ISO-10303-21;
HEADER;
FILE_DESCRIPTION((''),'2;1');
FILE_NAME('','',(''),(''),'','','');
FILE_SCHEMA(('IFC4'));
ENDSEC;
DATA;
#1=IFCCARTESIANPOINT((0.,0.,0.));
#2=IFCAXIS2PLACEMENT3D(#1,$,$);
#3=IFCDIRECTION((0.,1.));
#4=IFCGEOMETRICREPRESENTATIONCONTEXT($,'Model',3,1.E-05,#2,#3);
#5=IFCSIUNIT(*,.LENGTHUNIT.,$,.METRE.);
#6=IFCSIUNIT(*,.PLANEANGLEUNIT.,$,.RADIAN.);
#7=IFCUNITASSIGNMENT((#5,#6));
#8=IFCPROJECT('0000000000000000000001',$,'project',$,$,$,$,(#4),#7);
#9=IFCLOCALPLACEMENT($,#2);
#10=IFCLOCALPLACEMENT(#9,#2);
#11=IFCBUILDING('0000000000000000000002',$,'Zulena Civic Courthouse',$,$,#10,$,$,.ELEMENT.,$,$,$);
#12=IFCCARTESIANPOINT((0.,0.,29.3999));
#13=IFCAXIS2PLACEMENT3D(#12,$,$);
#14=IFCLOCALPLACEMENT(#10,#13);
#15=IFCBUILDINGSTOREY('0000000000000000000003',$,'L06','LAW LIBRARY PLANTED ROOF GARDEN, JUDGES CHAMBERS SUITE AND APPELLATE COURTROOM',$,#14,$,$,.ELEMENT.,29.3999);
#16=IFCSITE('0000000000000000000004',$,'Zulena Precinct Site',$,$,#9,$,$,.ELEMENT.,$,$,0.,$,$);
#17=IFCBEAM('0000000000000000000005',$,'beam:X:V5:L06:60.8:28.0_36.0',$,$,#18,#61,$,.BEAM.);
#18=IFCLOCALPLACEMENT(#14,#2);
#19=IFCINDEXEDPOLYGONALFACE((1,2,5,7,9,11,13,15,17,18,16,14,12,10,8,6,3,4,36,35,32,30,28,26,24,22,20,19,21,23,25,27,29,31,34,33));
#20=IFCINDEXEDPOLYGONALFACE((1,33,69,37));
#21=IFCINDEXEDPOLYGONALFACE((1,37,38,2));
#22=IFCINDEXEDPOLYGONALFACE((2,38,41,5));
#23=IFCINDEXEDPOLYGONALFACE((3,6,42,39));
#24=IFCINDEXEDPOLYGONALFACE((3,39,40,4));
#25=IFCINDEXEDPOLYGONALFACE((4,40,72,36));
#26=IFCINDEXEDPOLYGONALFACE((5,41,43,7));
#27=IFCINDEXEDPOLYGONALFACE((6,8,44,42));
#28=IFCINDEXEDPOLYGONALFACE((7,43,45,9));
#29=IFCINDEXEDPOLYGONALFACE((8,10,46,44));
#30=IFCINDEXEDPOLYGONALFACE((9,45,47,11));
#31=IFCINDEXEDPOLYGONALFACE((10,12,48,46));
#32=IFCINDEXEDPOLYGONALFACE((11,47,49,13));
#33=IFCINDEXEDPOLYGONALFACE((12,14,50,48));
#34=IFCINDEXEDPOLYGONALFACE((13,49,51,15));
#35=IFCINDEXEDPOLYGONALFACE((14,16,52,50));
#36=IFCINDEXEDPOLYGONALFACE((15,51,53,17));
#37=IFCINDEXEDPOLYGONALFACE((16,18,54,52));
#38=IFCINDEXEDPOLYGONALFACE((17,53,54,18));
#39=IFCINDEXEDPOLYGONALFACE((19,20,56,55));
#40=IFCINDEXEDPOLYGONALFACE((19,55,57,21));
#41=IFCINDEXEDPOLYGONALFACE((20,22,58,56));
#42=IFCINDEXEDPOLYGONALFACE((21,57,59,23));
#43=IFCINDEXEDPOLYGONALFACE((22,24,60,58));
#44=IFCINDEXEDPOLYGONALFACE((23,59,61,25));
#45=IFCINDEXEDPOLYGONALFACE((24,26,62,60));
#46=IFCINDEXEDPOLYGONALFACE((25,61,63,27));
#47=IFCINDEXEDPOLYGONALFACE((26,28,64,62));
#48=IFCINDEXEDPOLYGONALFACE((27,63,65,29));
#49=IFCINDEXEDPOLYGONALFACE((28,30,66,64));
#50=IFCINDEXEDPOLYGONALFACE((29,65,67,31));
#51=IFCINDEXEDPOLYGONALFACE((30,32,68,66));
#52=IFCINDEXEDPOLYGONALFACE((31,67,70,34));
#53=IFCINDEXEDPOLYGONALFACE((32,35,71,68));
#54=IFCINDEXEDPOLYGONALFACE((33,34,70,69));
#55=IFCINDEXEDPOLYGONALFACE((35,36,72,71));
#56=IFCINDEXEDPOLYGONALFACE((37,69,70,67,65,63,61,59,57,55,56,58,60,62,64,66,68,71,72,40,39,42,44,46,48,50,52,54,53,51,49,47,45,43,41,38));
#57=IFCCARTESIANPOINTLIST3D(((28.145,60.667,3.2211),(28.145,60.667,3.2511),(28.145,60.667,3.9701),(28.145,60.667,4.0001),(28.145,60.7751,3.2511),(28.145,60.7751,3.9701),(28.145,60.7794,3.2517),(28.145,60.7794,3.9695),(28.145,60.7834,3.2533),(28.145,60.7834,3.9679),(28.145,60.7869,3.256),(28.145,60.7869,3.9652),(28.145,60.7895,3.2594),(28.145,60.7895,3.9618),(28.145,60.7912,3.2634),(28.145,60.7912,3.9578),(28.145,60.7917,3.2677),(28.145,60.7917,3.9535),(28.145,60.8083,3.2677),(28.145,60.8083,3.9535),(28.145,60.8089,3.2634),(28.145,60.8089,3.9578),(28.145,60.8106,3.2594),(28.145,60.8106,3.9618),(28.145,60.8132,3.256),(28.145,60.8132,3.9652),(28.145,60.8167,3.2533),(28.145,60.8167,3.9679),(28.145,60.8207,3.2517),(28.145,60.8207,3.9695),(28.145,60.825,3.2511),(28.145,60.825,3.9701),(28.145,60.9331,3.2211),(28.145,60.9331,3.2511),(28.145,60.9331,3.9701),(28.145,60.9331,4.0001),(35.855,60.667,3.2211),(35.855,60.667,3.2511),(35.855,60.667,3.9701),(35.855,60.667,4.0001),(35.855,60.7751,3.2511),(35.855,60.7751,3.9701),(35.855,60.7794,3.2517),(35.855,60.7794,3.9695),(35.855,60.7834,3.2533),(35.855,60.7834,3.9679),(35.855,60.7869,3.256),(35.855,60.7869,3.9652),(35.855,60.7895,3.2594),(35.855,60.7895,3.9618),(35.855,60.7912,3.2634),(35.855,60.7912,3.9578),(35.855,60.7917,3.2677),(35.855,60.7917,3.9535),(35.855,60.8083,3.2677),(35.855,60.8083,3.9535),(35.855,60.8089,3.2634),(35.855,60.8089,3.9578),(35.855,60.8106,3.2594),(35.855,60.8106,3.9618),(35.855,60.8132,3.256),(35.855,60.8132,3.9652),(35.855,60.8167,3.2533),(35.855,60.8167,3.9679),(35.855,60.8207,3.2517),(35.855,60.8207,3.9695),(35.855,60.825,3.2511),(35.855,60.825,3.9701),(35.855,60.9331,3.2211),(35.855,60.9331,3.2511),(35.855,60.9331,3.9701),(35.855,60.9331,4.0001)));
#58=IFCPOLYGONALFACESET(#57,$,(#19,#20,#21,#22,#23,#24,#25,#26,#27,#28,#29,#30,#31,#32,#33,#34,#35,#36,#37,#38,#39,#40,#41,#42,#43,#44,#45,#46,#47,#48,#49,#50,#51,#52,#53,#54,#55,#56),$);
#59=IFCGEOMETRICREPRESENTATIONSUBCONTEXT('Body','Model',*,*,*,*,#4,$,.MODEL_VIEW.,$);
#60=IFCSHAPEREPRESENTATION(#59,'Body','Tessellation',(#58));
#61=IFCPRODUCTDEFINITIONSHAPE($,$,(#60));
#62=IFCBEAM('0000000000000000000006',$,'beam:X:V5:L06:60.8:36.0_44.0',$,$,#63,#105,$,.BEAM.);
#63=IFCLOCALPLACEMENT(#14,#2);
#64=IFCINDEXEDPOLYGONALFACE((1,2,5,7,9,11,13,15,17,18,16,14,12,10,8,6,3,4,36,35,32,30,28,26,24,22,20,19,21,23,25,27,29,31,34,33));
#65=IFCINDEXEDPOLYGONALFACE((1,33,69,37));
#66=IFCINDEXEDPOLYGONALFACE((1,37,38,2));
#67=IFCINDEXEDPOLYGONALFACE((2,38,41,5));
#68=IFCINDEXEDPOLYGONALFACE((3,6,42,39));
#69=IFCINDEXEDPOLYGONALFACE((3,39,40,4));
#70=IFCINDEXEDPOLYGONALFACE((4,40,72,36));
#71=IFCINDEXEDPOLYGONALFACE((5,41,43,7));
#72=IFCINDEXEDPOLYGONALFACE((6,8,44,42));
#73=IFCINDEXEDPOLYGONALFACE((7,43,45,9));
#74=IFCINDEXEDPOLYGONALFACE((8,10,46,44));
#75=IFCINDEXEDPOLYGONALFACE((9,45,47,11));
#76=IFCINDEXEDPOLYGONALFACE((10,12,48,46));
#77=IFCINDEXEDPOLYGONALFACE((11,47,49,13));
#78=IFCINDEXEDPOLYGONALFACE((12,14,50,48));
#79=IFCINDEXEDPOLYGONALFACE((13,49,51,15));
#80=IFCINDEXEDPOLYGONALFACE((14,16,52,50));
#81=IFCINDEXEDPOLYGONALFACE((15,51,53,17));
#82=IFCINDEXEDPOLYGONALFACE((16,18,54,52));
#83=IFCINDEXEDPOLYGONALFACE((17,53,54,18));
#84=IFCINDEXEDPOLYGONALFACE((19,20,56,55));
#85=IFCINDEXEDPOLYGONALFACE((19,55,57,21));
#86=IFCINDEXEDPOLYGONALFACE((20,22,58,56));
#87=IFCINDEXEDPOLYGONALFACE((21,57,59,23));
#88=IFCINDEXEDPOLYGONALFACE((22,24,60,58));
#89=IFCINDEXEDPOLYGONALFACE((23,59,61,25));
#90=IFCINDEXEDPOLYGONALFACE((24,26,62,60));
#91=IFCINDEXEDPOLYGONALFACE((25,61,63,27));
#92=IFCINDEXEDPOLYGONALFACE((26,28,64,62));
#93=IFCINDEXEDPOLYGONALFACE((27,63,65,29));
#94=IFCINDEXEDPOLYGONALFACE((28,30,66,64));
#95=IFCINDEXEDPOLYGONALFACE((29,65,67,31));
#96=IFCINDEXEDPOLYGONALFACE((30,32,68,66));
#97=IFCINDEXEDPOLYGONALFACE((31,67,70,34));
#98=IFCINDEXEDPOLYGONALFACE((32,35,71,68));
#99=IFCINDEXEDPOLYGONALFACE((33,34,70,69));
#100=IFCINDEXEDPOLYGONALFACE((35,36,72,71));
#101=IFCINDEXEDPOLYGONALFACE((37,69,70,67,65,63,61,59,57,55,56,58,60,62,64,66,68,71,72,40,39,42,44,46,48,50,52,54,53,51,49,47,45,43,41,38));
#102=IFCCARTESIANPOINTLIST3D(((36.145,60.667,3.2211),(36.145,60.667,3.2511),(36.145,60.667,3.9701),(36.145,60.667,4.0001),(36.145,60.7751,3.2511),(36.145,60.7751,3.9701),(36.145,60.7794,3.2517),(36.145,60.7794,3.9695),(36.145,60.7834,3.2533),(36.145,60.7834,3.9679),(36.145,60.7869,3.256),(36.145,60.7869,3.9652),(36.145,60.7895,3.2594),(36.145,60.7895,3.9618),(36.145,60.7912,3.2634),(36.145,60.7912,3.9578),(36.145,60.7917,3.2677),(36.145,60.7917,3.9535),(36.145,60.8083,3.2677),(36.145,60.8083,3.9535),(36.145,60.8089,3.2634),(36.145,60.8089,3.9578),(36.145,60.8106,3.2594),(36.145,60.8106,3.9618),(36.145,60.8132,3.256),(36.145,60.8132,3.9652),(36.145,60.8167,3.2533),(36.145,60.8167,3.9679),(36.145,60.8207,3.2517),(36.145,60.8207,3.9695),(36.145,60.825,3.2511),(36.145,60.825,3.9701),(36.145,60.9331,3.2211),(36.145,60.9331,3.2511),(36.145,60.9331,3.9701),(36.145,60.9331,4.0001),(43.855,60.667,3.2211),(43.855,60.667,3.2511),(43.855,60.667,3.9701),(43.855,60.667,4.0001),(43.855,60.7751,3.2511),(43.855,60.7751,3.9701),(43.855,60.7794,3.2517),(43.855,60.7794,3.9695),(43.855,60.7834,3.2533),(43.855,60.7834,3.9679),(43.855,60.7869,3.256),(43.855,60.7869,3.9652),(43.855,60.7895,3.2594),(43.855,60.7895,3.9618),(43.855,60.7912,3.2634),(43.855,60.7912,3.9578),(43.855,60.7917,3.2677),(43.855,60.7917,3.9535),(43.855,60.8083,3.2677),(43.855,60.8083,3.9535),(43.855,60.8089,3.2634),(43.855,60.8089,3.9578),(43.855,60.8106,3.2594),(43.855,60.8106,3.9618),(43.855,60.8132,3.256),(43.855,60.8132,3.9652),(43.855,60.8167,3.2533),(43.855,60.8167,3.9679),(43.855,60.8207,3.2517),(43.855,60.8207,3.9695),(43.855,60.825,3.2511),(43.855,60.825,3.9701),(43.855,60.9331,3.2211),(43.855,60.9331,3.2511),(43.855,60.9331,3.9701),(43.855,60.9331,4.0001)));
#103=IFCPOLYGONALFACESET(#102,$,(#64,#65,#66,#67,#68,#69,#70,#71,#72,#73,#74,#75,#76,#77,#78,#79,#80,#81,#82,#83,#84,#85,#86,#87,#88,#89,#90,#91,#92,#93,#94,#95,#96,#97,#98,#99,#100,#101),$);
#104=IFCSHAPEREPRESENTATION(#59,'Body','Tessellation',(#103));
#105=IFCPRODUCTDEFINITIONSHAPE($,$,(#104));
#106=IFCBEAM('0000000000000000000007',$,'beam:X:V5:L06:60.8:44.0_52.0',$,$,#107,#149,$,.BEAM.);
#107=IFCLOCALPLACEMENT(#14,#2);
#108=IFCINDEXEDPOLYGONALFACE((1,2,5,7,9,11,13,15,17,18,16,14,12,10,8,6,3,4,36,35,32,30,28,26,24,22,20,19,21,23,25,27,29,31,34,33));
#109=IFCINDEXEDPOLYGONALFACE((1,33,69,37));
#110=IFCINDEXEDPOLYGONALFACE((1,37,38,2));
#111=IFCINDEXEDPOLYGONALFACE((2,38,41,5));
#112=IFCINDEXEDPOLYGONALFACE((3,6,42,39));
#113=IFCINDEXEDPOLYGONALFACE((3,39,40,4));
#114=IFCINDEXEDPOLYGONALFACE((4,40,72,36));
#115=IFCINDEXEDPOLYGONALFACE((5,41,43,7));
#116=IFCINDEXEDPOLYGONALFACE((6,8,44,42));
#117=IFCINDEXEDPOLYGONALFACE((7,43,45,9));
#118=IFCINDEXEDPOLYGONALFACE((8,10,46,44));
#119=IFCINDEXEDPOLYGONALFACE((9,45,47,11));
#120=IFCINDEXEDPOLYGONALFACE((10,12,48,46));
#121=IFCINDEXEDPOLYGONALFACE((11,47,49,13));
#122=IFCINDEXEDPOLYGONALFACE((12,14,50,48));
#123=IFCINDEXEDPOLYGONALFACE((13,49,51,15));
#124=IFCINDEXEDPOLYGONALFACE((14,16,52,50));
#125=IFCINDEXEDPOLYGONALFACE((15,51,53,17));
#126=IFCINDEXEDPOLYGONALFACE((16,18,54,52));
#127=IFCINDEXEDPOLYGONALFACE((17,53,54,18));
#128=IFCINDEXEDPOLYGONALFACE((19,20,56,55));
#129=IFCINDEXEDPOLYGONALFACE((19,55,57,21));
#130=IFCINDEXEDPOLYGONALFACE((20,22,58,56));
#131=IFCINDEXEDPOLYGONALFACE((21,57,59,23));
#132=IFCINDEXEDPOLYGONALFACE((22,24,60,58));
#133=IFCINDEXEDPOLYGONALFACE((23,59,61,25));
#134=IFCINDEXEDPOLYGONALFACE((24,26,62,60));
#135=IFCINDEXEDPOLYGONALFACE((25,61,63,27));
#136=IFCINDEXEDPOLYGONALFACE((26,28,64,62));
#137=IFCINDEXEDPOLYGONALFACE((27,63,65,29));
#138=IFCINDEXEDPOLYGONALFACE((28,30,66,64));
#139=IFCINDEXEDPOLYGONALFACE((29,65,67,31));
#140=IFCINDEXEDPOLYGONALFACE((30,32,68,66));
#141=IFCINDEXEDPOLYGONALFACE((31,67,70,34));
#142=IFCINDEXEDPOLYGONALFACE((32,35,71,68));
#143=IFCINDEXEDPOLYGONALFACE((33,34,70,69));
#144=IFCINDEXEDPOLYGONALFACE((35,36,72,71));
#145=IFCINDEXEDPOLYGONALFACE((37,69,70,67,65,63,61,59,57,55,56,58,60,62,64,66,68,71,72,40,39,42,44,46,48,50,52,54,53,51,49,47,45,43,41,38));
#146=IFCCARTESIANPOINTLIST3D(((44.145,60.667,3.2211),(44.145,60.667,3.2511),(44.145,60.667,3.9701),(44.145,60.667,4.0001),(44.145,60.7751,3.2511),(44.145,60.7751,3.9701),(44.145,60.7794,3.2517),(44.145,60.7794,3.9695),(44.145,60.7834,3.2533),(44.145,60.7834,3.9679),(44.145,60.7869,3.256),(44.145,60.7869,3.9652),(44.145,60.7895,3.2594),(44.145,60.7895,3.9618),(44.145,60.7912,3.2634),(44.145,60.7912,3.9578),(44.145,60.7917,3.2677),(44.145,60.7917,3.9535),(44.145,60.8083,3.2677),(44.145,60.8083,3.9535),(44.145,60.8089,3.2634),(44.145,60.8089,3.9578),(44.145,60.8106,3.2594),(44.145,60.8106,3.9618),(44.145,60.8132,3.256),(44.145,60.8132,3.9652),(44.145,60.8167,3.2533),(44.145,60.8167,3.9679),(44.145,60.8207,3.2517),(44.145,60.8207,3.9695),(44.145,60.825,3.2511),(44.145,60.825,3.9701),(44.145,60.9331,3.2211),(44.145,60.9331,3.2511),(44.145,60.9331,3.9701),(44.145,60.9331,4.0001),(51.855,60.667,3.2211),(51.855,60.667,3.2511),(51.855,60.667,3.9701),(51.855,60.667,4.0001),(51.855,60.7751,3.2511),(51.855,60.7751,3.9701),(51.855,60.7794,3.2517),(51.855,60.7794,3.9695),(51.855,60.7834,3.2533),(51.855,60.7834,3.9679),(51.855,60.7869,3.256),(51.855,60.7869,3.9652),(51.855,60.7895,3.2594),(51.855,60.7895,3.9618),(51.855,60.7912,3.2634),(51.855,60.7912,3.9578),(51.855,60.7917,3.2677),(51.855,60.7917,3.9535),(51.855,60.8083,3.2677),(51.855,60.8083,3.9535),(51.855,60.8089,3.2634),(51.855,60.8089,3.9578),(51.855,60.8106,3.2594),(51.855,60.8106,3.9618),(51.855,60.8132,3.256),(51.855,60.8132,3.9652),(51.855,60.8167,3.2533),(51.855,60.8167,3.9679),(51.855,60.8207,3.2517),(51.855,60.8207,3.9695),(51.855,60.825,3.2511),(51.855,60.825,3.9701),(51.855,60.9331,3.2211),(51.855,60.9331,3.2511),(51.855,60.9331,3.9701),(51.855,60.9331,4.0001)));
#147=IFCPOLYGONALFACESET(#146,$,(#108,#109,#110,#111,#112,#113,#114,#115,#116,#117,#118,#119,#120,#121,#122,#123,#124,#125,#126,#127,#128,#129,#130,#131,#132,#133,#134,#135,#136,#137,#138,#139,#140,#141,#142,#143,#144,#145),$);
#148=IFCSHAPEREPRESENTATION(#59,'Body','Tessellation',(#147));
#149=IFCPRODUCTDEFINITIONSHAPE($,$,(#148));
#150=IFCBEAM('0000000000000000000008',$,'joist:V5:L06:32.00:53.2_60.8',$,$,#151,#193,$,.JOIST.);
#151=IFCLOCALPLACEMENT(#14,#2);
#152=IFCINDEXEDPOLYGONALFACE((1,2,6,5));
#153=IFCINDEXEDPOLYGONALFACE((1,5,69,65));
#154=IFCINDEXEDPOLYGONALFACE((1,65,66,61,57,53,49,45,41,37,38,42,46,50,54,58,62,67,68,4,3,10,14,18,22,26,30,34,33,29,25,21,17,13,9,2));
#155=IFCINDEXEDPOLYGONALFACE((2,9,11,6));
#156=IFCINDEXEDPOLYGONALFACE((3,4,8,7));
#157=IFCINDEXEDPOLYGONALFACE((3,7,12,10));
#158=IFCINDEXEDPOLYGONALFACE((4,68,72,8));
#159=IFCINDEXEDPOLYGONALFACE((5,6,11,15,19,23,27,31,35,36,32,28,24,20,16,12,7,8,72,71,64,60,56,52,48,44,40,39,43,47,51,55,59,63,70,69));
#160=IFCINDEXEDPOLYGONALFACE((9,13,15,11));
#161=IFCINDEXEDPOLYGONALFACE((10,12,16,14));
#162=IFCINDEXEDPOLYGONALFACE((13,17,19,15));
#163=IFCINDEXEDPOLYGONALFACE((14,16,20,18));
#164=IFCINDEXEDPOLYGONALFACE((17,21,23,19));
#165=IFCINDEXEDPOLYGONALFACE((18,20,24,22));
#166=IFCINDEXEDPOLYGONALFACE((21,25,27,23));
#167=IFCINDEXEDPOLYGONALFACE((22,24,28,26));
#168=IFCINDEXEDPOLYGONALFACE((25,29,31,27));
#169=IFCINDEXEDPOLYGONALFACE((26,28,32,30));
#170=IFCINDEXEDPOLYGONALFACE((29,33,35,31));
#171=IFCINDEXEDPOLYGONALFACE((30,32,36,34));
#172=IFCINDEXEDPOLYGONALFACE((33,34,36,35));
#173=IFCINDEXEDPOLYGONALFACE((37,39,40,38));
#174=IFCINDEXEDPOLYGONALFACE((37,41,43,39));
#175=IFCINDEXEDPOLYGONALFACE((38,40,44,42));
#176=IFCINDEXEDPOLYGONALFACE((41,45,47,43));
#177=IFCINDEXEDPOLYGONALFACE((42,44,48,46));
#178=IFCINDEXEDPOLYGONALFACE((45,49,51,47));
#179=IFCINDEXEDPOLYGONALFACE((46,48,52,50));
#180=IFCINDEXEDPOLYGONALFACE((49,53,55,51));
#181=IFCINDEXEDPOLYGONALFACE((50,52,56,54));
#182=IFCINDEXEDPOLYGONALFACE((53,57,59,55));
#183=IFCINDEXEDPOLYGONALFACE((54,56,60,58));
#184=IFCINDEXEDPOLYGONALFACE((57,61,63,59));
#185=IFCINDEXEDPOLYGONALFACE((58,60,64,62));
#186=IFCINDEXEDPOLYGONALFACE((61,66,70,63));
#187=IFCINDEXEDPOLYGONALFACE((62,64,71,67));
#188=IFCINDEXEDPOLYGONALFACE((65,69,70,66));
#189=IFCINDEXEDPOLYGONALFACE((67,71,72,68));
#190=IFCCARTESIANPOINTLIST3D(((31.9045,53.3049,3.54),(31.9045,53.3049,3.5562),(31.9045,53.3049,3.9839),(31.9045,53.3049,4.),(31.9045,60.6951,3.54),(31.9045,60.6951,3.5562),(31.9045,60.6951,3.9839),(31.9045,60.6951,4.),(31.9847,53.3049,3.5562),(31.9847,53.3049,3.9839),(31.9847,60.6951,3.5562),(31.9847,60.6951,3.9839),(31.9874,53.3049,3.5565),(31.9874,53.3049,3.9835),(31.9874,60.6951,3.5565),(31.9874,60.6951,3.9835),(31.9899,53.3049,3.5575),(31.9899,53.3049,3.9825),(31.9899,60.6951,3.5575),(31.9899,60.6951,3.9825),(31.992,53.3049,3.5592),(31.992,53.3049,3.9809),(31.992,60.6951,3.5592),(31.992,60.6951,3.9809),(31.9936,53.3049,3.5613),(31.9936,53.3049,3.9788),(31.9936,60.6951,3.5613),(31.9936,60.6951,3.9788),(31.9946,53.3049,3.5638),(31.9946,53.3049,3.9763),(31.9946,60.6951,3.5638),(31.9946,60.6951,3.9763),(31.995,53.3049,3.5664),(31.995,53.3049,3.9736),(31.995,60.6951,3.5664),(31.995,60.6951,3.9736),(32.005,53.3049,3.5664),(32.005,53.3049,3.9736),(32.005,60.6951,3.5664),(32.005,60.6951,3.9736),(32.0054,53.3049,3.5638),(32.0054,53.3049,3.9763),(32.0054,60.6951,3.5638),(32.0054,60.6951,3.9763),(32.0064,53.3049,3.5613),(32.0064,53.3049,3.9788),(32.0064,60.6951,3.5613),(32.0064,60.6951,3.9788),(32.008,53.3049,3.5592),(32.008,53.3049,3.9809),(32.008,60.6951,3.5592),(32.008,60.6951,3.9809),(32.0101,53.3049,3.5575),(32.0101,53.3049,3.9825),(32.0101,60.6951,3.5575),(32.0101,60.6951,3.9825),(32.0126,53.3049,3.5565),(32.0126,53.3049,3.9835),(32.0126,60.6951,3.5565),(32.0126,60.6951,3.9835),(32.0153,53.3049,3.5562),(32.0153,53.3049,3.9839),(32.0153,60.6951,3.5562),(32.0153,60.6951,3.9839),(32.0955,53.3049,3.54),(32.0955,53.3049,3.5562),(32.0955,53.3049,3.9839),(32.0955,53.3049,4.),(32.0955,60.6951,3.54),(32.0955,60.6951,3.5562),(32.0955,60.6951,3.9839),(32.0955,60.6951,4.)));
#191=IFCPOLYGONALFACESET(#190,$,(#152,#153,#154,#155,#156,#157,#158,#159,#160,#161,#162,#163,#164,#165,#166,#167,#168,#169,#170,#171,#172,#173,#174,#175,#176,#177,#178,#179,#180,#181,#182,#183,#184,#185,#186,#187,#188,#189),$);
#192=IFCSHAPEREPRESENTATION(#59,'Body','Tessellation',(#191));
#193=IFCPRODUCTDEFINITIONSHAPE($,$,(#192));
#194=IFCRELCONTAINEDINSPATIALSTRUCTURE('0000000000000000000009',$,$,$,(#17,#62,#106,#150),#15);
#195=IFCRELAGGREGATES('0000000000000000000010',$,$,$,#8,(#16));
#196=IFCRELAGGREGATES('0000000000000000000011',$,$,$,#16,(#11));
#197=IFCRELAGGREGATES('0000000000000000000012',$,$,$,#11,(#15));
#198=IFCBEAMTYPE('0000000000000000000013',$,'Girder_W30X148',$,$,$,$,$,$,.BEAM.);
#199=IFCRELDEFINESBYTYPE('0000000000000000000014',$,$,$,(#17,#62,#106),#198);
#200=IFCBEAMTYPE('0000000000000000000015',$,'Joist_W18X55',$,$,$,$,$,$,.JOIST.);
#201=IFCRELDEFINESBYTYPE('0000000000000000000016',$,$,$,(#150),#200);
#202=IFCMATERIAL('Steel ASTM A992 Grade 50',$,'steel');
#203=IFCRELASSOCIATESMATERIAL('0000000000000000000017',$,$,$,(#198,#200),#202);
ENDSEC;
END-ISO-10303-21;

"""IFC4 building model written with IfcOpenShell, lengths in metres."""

from ifc_helpers import new_model, si_unit, direction, frame, origin, origin_2d, place, context, subcontext, project, spatial, i_section, extrude, material, material_profile, profile_set, type_object, element, save


model = new_model("IFC4")

# Units and contexts
model_context = context("Model", 3, precision=1e-05, world=origin(), true_north=direction((0.0, 1.0)))
body_context = subcontext(model_context, "Body", "Model", "MODEL_VIEW")
ifc_project = project(units=[si_unit("LENGTHUNIT", "METRE"), si_unit("PLANEANGLEUNIT", "RADIAN")], contexts=[model_context])

# Site, building, storey
site_placement = place(None, origin())
site = spatial("IfcSite", under=ifc_project, at=site_placement, Name="Zulena Precinct Site", CompositionType="ELEMENT", RefElevation=0.0)
building_placement = place(site_placement, origin())
building = spatial("IfcBuilding", under=site, at=building_placement, Name="Zulena Civic Courthouse", CompositionType="ELEMENT")
storey_placement = place(building_placement, frame((0.0, 0.0, 29.3999)))
storey = spatial("IfcBuildingStorey", under=building, at=storey_placement, Name="L06", Description="LAW LIBRARY PLANTED ROOF GARDEN, JUDGES CHAMBERS SUITE AND APPELLATE COURTROOM", CompositionType="ELEMENT", Elevation=29.3999)

# Shared definitions
ifc_material_1 = material(Name="Steel ASTM A992 Grade 50", Category="steel")

# Beams
ifc_material_profile_1 = material_profile(ifc_material_1, i_section(OverallWidth=0.2661, OverallDepth=0.7791, WebThickness=0.0166, FlangeThickness=0.03, FilletRadius=0.0166, at=origin_2d()), Name="W30X148")
ifc_profile_set_1 = profile_set([ifc_material_profile_1], Name="Steel ASTM A992 Grade 50")
beam_type_1 = type_object("IfcBeamType", Name="Girder_W30X148", PredefinedType="BEAM", material=ifc_profile_set_1)
for number, where, z_axis, x_axis, name in (
    (1, (28.145, 60.8, 3.6106), (1.0, 0.0, 0.0), (0.0, 1.0, 0.0), "beam:X:V5:L06:60.8:28.0_36.0"),
    (2, (36.145, 60.8, 3.6106), (1.0, 0.0, 0.0), (0.0, 1.0, 0.0), "beam:X:V5:L06:60.8:36.0_44.0"),
    (3, (44.145, 60.8, 3.6106), (1.0, 0.0, 0.0), (0.0, 1.0, 0.0), "beam:X:V5:L06:60.8:44.0_52.0"),
):
    element("IfcBeam", number, at=place(storey_placement, frame(where, z_axis=z_axis, x_axis=x_axis)), inside=storey, type_object=beam_type_1, Name=name, PredefinedType="BEAM", context=body_context, shape_type="SweptSolid", body=[
        extrude(i_section(OverallWidth=0.2661, OverallDepth=0.7791, WebThickness=0.0166, FlangeThickness=0.03, FilletRadius=0.0166, at=origin_2d()), origin(), (0.0, 0.0, 1.0), 7.71),
    ])
ifc_material_profile_2 = material_profile(ifc_material_1, i_section(OverallWidth=0.1909, OverallDepth=0.46, WebThickness=0.01, FlangeThickness=0.0161, FilletRadius=0.0103, at=origin_2d()), Name="W18X55")
ifc_profile_set_2 = profile_set([ifc_material_profile_2], Name="Steel ASTM A992 Grade 50")
beam_type_2 = type_object("IfcBeamType", Name="Joist_W18X55", PredefinedType="JOIST", material=ifc_profile_set_2)
for number, where, z_axis, x_axis, name in (
    (4, (32.0, 53.3049, 3.77), (0.0, 1.0, 0.0), (-1.0, 0.0, 0.0), "joist:V5:L06:32.00:53.2_60.8"),
):
    element("IfcBeam", number, at=place(storey_placement, frame(where, z_axis=z_axis, x_axis=x_axis)), inside=storey, type_object=beam_type_2, Name=name, PredefinedType="JOIST", context=body_context, shape_type="SweptSolid", body=[
        extrude(i_section(OverallWidth=0.1909, OverallDepth=0.46, WebThickness=0.01, FlangeThickness=0.0161, FilletRadius=0.0103, at=origin_2d()), origin(), (0.0, 0.0, 1.0), 7.3901),
    ])

save(model, "model.ifc")
